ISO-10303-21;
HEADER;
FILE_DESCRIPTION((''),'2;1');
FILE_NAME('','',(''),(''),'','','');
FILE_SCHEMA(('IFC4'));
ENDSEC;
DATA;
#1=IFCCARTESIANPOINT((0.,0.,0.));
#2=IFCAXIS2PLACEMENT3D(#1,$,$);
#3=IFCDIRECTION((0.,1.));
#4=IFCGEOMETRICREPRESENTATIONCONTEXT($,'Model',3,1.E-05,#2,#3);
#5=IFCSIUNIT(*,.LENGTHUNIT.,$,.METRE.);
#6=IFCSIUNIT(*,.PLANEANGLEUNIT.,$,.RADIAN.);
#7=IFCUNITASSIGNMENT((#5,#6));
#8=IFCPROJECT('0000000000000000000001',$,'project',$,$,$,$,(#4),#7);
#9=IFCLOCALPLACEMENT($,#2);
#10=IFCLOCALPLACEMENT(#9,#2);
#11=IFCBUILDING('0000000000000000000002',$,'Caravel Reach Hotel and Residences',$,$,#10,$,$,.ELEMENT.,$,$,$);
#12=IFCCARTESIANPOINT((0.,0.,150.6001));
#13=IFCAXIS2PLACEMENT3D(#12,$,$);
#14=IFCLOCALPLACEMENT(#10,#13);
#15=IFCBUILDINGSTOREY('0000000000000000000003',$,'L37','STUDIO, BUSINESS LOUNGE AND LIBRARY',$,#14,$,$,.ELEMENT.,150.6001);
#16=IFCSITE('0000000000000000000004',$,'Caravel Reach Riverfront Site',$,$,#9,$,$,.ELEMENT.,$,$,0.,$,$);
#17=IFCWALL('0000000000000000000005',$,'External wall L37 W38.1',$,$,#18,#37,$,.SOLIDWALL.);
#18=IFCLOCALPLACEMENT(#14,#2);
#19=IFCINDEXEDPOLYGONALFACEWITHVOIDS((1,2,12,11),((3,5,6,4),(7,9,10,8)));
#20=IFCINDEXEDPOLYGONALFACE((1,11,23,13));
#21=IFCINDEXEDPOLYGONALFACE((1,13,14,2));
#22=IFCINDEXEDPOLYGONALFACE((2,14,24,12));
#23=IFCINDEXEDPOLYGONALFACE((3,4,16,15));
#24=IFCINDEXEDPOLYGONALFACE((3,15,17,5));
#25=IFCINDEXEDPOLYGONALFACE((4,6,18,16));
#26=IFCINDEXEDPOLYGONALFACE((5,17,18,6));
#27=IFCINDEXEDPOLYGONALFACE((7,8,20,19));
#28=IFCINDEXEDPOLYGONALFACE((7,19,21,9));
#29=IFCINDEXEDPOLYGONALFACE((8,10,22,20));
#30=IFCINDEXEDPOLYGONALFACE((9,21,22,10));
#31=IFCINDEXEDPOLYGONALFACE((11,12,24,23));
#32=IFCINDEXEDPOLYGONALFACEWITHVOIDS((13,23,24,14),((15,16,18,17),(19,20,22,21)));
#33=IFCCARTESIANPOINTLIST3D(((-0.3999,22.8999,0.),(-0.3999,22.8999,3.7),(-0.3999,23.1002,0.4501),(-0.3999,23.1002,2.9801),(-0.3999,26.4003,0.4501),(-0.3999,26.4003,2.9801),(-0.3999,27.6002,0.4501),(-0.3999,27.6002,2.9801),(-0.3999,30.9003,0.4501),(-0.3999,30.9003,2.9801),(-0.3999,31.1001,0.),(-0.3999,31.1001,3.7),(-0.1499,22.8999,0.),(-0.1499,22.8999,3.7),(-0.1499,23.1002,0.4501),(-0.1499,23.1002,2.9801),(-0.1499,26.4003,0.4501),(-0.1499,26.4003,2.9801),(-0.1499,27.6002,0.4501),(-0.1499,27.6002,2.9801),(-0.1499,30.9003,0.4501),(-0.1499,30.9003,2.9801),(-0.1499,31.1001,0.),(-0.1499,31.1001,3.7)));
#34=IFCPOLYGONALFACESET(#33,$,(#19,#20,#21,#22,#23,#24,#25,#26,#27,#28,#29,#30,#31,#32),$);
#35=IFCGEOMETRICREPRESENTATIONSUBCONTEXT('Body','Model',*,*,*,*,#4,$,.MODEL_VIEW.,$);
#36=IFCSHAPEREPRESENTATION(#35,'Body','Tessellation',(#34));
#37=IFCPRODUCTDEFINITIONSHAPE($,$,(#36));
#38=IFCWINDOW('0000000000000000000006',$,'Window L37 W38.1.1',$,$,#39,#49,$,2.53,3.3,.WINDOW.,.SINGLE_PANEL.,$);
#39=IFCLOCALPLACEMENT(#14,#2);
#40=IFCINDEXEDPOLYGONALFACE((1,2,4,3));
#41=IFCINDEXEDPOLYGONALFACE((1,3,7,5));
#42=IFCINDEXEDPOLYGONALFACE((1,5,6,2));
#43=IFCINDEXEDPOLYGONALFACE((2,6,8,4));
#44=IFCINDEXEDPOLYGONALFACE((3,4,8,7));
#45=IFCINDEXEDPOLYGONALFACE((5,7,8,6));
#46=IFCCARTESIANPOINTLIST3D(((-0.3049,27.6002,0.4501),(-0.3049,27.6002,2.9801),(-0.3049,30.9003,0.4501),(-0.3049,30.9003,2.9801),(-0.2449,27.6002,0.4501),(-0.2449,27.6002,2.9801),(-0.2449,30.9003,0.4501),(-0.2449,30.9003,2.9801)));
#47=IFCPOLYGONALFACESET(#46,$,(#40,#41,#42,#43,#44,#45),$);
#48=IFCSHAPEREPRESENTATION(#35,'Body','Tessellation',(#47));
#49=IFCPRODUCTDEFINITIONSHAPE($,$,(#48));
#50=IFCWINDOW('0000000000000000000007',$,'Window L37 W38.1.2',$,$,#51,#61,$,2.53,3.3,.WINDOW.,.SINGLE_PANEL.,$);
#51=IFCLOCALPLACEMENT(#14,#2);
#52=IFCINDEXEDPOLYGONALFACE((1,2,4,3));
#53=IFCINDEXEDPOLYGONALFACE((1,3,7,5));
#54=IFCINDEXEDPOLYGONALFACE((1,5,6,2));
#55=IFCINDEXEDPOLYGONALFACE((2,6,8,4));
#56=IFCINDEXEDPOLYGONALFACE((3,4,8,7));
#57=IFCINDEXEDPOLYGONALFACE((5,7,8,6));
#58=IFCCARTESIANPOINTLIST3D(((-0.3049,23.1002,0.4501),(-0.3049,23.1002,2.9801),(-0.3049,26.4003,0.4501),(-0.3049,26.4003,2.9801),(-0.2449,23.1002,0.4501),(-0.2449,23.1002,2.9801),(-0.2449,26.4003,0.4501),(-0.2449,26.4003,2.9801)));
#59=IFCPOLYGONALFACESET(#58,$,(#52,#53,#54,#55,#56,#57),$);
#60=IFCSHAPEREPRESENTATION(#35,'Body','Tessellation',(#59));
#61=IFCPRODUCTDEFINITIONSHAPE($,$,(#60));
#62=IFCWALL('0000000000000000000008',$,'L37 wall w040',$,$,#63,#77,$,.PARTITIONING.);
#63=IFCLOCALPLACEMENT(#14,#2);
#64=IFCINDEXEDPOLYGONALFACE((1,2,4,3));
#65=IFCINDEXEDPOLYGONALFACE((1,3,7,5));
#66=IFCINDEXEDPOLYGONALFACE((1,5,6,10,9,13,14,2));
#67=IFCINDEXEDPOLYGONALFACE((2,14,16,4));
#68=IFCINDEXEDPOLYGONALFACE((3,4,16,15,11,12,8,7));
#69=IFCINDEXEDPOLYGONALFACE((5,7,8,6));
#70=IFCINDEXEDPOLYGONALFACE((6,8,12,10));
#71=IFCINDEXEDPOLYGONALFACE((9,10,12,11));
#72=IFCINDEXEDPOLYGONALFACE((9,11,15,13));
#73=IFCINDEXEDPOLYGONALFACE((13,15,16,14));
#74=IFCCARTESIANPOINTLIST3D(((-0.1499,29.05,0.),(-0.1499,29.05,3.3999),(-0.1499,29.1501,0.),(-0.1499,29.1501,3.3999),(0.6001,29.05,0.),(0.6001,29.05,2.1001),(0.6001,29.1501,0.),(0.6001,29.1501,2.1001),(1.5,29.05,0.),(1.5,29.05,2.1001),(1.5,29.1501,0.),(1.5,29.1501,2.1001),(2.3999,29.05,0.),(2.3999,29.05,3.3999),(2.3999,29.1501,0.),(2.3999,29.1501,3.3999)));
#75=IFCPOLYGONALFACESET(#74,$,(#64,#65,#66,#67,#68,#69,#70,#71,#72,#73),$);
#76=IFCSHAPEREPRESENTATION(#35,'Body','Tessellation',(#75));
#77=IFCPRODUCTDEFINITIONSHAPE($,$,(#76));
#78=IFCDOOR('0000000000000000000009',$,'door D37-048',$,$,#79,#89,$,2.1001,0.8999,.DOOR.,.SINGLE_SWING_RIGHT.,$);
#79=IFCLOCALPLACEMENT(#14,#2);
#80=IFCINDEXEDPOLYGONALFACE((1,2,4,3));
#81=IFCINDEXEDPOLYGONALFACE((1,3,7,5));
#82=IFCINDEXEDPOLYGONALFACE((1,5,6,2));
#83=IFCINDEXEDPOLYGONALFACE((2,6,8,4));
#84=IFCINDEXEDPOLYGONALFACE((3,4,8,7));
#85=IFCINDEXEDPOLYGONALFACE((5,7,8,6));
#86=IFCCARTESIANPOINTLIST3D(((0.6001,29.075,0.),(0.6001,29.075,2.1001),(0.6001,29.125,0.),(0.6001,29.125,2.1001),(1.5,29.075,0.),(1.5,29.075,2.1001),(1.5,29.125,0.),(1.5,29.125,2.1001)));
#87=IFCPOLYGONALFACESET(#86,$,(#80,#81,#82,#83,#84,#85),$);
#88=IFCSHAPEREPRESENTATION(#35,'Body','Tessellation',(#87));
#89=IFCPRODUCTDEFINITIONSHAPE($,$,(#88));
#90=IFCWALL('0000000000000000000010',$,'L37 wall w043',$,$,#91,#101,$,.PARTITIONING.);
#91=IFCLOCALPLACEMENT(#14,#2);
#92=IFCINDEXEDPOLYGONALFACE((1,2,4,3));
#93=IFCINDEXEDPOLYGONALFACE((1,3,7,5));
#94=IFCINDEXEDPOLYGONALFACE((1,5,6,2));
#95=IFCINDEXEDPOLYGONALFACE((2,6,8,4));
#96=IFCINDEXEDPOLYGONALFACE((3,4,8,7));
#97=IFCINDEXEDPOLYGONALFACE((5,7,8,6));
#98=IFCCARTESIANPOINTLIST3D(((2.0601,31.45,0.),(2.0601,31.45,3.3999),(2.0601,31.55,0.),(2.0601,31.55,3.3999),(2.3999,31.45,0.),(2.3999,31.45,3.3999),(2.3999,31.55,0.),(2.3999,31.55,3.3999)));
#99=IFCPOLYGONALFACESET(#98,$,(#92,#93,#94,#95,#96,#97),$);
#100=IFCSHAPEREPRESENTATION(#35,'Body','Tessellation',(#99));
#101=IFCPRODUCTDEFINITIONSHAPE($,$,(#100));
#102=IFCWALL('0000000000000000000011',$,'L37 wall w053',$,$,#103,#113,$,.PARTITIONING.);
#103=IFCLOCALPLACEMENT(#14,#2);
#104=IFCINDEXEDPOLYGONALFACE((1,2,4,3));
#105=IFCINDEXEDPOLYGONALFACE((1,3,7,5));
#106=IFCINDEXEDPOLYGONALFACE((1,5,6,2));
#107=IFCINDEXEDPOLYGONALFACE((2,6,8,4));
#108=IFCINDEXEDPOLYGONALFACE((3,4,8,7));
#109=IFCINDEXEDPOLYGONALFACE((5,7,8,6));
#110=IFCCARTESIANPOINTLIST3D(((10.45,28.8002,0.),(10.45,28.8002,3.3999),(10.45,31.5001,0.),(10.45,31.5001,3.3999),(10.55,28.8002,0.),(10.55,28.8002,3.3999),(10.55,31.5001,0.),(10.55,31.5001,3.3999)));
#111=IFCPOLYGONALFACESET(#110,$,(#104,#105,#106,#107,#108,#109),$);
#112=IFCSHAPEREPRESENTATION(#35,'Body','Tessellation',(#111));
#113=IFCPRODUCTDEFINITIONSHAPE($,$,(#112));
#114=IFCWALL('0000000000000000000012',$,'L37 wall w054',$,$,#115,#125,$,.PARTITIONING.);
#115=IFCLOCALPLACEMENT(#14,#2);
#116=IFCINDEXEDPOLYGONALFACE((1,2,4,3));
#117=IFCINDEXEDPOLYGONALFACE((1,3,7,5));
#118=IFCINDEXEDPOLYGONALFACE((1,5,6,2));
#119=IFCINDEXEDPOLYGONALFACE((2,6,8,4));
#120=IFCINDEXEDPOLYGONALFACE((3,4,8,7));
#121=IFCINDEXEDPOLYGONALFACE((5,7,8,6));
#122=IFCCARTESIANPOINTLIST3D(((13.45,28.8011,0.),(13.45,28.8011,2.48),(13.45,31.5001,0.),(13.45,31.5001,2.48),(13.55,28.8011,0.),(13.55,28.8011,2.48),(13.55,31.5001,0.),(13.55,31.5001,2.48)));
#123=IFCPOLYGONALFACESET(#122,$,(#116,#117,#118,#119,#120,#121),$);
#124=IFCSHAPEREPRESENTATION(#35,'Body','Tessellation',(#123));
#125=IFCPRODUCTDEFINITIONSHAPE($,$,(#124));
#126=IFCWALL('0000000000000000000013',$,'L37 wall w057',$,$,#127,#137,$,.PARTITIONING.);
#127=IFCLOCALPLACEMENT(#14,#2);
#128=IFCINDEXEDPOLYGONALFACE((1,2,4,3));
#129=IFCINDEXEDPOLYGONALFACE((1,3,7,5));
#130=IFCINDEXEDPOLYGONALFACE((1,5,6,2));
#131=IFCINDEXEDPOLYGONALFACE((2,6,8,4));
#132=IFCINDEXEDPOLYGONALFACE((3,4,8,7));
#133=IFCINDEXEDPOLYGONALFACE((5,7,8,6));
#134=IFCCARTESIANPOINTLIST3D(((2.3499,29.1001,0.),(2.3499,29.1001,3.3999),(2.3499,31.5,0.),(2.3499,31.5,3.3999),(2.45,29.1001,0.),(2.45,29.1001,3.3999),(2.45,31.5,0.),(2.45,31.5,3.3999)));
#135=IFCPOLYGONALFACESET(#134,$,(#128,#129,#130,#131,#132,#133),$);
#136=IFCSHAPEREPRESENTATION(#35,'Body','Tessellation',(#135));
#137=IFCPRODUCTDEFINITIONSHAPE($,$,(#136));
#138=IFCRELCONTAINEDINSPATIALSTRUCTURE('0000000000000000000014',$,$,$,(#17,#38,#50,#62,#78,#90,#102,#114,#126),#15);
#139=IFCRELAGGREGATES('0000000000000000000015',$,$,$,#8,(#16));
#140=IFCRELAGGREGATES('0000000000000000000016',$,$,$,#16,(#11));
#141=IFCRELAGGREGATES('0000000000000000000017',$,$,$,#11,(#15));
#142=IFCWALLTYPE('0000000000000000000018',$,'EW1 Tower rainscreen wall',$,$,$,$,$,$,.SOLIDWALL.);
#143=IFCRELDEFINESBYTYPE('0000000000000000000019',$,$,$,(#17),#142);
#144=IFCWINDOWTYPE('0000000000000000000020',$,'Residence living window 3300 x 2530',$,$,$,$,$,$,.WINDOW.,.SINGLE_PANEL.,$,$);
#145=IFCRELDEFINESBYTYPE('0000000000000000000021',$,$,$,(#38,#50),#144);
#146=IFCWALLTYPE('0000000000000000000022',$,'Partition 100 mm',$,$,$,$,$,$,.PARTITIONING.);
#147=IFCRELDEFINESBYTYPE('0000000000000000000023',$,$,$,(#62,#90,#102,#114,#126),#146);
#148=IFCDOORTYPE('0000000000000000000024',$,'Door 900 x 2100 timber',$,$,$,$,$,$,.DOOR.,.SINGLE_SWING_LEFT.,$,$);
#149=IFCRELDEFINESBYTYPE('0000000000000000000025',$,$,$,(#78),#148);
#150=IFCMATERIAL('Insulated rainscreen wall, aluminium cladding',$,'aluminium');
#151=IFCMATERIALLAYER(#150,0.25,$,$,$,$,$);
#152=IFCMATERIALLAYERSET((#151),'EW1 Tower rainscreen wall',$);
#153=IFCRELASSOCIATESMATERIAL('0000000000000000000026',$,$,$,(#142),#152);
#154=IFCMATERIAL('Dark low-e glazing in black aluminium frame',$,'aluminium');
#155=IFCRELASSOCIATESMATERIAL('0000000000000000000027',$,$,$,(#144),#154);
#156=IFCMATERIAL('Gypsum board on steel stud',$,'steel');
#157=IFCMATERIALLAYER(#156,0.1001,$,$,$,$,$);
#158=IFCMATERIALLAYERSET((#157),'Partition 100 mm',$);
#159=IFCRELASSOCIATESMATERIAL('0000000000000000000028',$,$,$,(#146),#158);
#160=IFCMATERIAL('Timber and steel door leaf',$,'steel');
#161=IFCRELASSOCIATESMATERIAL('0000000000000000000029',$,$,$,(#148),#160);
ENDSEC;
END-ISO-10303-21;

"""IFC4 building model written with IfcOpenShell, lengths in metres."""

from ifc_helpers import new_model, si_unit, direction, frame, frame_2d, origin, place, context, subcontext, project, spatial, rectangle, extrude, material, layer, layer_set, type_object, element, fill, save


model = new_model("IFC4")

# Units and contexts
model_context = context("Model", 3, precision=1e-05, world=origin(), true_north=direction((0.0, 1.0)))
body_context = subcontext(model_context, "Body", "Model", "MODEL_VIEW")
ifc_project = project(units=[si_unit("LENGTHUNIT", "METRE"), si_unit("PLANEANGLEUNIT", "RADIAN")], contexts=[model_context])

# Site, building, storey
site_placement = place(None, origin())
site = spatial("IfcSite", under=ifc_project, at=site_placement, Name="Caravel Reach Riverfront Site", CompositionType="ELEMENT", RefElevation=0.0)
building_placement = place(site_placement, origin())
building = spatial("IfcBuilding", under=site, at=building_placement, Name="Caravel Reach Hotel and Residences", CompositionType="ELEMENT")
storey_placement = place(building_placement, frame((0.0, 0.0, 150.6001)))
storey = spatial("IfcBuildingStorey", under=building, at=storey_placement, Name="L37", Description="STUDIO, BUSINESS LOUNGE AND LIBRARY", CompositionType="ELEMENT", Elevation=150.6001)

# Wall, openings, windows
ifc_material_1 = material(Name="Insulated rainscreen wall, aluminium cladding", Category="aluminium")
ifc_layer_1 = layer(ifc_material_1, 0.25)
ifc_layer_set_1 = layer_set([ifc_layer_1], Name="EW1 Tower rainscreen wall")
wall_type_1 = type_object("IfcWallType", Name="EW1 Tower rainscreen wall", PredefinedType="SOLIDWALL", material=ifc_layer_set_1)
wall_1_placement = place(storey_placement, frame((-0.2749, 31.1001, 0.0), z_axis=(0.0, 0.0, 1.0), x_axis=(0.0, -1.0, 0.0)))
wall_1 = element("IfcWall", 1, at=wall_1_placement, inside=storey, type_object=wall_type_1, Name="External wall L37 W38.1", PredefinedType="SOLIDWALL", context=body_context, shape_type="SweptSolid", body=[
    extrude(rectangle(XDim=8.2002, YDim=0.25, at=frame_2d((4.1001, 0.0))), origin(), (0.0, 0.0, 1.0), 3.7),
])
opening_1_placement = place(wall_1_placement, frame((0.2, 0.0, 0.45)))
opening_1 = element("IfcOpeningElement", 2, at=opening_1_placement, cuts=wall_1, PredefinedType="OPENING", context=body_context, shape_type="SweptSolid", body=[
    extrude(rectangle(XDim=3.3, YDim=2.53, at=frame_2d((1.6499, 1.2651))), frame((0.0, 0.135, 0.0), z_axis=(0.0, -1.0, 0.0), x_axis=(1.0, 0.0, 0.0)), (0.0, 0.0, 1.0), 0.27),
])
opening_2_placement = place(wall_1_placement, frame((4.7, 0.0, 0.45)))
opening_2 = element("IfcOpeningElement", 3, at=opening_2_placement, cuts=wall_1, PredefinedType="OPENING", context=body_context, shape_type="SweptSolid", body=[
    extrude(rectangle(XDim=3.3, YDim=2.53, at=frame_2d((1.6499, 1.2651))), frame((0.0, 0.135, 0.0), z_axis=(0.0, -1.0, 0.0), x_axis=(1.0, 0.0, 0.0)), (0.0, 0.0, 1.0), 0.27),
])
ifc_material_2 = material(Name="Dark low-e glazing in black aluminium frame", Category="aluminium")
window_type = type_object("IfcWindowType", Name="Residence living window 3300 x 2530", PartitioningType="SINGLE_PANEL", PredefinedType="WINDOW", material=ifc_material_2)
window_1_placement = place(opening_1_placement, origin())
window_1 = element("IfcWindow", 4, at=window_1_placement, inside=storey, type_object=window_type, Name="Window L37 W38.1.1", OverallHeight=2.53, OverallWidth=3.3, PartitioningType="SINGLE_PANEL", PredefinedType="WINDOW", context=body_context, shape_type="SweptSolid", body=[
    extrude(rectangle(XDim=3.3, YDim=2.53, at=frame_2d((1.6499, 1.2651))), frame((0.0, 0.03, 0.0), z_axis=(0.0, -1.0, 0.0), x_axis=(1.0, 0.0, 0.0)), (0.0, 0.0, 1.0), 0.0601),
])
fill(opening_1, window_1)
window_2_placement = place(opening_2_placement, origin())
window_2 = element("IfcWindow", 5, at=window_2_placement, inside=storey, type_object=window_type, Name="Window L37 W38.1.2", OverallHeight=2.53, OverallWidth=3.3, PartitioningType="SINGLE_PANEL", PredefinedType="WINDOW", context=body_context, shape_type="SweptSolid", body=[
    extrude(rectangle(XDim=3.3, YDim=2.53, at=frame_2d((1.6499, 1.2651))), frame((0.0, 0.03, 0.0), z_axis=(0.0, -1.0, 0.0), x_axis=(1.0, 0.0, 0.0)), (0.0, 0.0, 1.0), 0.0601),
])
fill(opening_2, window_2)

# Wall, opening, door
ifc_material_3 = material(Name="Gypsum board on steel stud", Category="steel")
ifc_layer_2 = layer(ifc_material_3, 0.1001)
ifc_layer_set_2 = layer_set([ifc_layer_2], Name="Partition 100 mm")
wall_type_2 = type_object("IfcWallType", Name="Partition 100 mm", PredefinedType="PARTITIONING", material=ifc_layer_set_2)
wall_2_placement = place(storey_placement, frame((-0.1499, 29.1001, 0.0), z_axis=(0.0, 0.0, 1.0), x_axis=(1.0, 0.0, 0.0)))
wall_2 = element("IfcWall", 6, at=wall_2_placement, inside=storey, type_object=wall_type_2, Name="L37 wall w040", PredefinedType="PARTITIONING", context=body_context, shape_type="SweptSolid", body=[
    extrude(rectangle(XDim=2.5498, YDim=0.1001, at=frame_2d((1.2749, 0.0))), origin(), (0.0, 0.0, 1.0), 3.3999),
])
opening_3_placement = place(wall_2_placement, frame((0.75, 0.0, 0.0)))
opening_3 = element("IfcOpeningElement", 7, at=opening_3_placement, cuts=wall_2, PredefinedType="OPENING", context=body_context, shape_type="SweptSolid", body=[
    extrude(rectangle(XDim=0.8999, YDim=2.1001, at=frame_2d((0.45, 1.05))), frame((0.0, 0.0601, 0.0), z_axis=(0.0, -1.0, 0.0), x_axis=(1.0, 0.0, 0.0)), (0.0, 0.0, 1.0), 0.1201),
])
ifc_material_4 = material(Name="Timber and steel door leaf", Category="steel")
door_type_1 = type_object("IfcDoorType", Name="Door 900 x 2100 timber", OperationType="SINGLE_SWING_LEFT", PredefinedType="DOOR", material=ifc_material_4)
door_1_placement = place(opening_3_placement, origin())
door_1 = element("IfcDoor", 8, at=door_1_placement, inside=storey, type_object=door_type_1, Name="door D37-048", OperationType="SINGLE_SWING_RIGHT", OverallHeight=2.1001, OverallWidth=0.8999, PredefinedType="DOOR", context=body_context, shape_type="SweptSolid", body=[
    extrude(rectangle(XDim=0.8999, YDim=2.1001, at=frame_2d((0.45, 1.05))), frame((0.0, 0.0249, 0.0), z_axis=(0.0, -1.0, 0.0), x_axis=(1.0, 0.0, 0.0)), (0.0, 0.0, 1.0), 0.05),
])
fill(opening_3, door_1)

# Walls
wall_3_placement = place(storey_placement, frame((2.0601, 31.5, 0.0), z_axis=(0.0, 0.0, 1.0), x_axis=(1.0, 0.0, 0.0)))
element("IfcWall", 9, at=wall_3_placement, inside=storey, type_object=wall_type_2, Name="L37 wall w043", PredefinedType="PARTITIONING", context=body_context, shape_type="SweptSolid", body=[
    extrude(rectangle(XDim=0.3398, YDim=0.1001, at=frame_2d((0.1699, 0.0))), origin(), (0.0, 0.0, 1.0), 3.3999),
])
wall_4_placement = place(storey_placement, frame((10.5, 28.8, 0.0), z_axis=(0.0, 0.0, 1.0), x_axis=(0.0, 1.0, 0.0)))
element("IfcWall", 10, at=wall_4_placement, inside=storey, type_object=wall_type_2, Name="L37 wall w053", PredefinedType="PARTITIONING", context=body_context, shape_type="SweptSolid", body=[
    extrude(rectangle(XDim=2.7, YDim=0.1001, at=frame_2d((1.3501, 0.0))), origin(), (0.0, 0.0, 1.0), 3.3999),
])
wall_5_placement = place(storey_placement, frame((13.5, 28.801, 0.0), z_axis=(0.0, 0.0, 1.0), x_axis=(0.0, 1.0, 0.0)))
element("IfcWall", 11, at=wall_5_placement, inside=storey, type_object=wall_type_2, Name="L37 wall w054", PredefinedType="PARTITIONING", context=body_context, shape_type="SweptSolid", body=[
    extrude(rectangle(XDim=2.699, YDim=0.1001, at=frame_2d((1.3496, 0.0))), origin(), (0.0, 0.0, 1.0), 2.48),
])
wall_6_placement = place(storey_placement, frame((2.3999, 29.1001, 0.0), z_axis=(0.0, 0.0, 1.0), x_axis=(0.0, 1.0, 0.0)))
element("IfcWall", 12, at=wall_6_placement, inside=storey, type_object=wall_type_2, Name="L37 wall w057", PredefinedType="PARTITIONING", context=body_context, shape_type="SweptSolid", body=[
    extrude(rectangle(XDim=2.3999, YDim=0.1001, at=frame_2d((1.2, 0.0))), origin(), (0.0, 0.0, 1.0), 3.3999),
])

save(model, "model.ifc")
